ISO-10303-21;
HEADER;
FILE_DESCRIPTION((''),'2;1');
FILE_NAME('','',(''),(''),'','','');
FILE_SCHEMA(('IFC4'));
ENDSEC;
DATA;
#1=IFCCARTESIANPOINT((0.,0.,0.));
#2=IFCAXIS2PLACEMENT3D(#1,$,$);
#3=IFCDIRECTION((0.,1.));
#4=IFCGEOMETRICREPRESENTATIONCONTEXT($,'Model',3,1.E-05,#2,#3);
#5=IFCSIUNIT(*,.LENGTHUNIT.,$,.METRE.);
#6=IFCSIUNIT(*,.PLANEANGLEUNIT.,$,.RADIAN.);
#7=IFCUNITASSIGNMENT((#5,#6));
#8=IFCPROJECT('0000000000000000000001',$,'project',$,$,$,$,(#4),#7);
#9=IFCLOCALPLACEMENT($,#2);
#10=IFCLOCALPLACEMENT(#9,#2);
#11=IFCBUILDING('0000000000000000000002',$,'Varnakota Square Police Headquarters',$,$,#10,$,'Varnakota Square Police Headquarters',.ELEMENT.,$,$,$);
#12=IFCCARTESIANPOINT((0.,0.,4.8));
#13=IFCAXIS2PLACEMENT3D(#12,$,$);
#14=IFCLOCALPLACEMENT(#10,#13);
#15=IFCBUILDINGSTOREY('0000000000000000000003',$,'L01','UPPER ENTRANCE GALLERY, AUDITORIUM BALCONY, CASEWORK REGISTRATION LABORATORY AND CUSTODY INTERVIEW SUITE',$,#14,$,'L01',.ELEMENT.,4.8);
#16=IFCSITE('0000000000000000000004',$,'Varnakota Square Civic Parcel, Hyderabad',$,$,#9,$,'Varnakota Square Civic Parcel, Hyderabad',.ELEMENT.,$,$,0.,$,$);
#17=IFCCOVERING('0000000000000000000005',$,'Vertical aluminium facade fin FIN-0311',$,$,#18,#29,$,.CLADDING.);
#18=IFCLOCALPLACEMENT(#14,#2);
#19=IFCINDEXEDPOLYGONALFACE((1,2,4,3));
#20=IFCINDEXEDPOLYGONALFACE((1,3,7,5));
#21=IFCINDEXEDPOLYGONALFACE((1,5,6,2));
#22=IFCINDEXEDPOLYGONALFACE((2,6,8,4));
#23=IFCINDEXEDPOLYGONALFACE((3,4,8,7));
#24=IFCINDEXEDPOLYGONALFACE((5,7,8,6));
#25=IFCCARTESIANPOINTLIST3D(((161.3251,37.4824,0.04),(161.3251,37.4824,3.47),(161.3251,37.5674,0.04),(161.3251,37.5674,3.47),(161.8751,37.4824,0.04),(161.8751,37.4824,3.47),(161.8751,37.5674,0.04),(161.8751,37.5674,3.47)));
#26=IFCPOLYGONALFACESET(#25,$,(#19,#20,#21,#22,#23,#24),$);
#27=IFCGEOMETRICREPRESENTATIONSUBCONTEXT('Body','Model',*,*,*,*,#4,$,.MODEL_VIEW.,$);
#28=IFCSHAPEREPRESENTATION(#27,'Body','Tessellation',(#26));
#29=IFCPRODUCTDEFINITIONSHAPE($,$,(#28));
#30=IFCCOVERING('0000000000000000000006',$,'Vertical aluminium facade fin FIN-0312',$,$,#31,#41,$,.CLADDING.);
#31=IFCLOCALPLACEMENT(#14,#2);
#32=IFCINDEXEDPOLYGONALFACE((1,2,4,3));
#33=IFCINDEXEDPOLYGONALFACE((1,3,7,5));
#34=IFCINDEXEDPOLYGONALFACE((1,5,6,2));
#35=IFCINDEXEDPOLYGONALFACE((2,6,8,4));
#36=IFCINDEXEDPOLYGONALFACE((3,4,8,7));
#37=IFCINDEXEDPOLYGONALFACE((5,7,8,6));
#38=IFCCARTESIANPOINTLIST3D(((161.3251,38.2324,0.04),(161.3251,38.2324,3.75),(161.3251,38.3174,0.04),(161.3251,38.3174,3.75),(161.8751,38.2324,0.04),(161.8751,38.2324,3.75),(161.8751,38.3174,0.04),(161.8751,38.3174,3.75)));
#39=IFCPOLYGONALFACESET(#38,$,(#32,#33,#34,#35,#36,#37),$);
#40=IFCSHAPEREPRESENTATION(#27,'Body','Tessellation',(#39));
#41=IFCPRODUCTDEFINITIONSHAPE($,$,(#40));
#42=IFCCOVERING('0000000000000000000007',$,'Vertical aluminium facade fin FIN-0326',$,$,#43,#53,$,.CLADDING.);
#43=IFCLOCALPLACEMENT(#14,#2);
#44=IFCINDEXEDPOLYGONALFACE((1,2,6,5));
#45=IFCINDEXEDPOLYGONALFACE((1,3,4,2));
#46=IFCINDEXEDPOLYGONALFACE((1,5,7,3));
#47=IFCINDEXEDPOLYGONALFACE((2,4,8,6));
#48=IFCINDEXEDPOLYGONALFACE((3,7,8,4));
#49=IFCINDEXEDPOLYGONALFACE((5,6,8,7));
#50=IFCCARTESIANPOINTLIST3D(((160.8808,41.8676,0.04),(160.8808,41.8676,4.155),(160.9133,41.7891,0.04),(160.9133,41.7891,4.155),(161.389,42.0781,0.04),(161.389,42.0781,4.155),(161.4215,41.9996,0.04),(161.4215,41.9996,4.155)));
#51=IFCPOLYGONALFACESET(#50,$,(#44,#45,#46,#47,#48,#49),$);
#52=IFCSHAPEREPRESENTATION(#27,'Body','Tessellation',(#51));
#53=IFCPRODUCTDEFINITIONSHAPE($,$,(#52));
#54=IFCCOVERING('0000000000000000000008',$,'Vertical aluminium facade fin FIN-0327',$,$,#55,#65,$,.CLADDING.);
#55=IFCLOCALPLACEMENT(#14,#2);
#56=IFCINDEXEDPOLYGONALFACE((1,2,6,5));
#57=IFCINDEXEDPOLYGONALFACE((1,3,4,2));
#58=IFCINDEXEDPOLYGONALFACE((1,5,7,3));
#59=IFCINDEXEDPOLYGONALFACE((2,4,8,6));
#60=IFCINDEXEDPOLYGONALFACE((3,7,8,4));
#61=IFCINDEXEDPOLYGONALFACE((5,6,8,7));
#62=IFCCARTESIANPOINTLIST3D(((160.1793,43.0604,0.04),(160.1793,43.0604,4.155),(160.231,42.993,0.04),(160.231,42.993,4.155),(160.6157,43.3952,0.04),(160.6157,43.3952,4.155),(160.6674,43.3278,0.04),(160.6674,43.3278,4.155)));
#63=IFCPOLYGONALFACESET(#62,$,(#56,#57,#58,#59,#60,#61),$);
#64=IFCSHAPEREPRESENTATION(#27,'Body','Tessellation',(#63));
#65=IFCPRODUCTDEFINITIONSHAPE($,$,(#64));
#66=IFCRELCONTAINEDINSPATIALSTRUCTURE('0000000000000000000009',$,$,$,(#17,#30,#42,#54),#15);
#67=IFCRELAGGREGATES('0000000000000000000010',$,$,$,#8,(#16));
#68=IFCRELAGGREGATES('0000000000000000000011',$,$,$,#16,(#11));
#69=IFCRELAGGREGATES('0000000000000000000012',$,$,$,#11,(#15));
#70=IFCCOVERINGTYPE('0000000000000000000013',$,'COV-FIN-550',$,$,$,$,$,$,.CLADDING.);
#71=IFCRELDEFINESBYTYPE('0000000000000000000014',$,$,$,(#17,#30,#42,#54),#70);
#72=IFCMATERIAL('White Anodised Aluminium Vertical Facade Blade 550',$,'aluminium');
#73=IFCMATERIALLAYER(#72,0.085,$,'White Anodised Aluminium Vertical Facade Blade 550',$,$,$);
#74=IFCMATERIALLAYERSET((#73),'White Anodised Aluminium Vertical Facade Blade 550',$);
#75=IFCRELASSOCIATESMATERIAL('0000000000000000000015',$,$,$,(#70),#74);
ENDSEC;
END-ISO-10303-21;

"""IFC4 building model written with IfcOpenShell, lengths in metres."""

from ifc_helpers import new_model, si_unit, direction, frame, origin, origin_2d, place, context, subcontext, project, spatial, rectangle, extrude, material, layer, layer_set, type_object, element, save


model = new_model("IFC4")

# Units and contexts
model_context = context("Model", 3, precision=1e-05, world=origin(), true_north=direction((0.0, 1.0)))
body_context = subcontext(model_context, "Body", "Model", "MODEL_VIEW")
ifc_project = project(units=[si_unit("LENGTHUNIT", "METRE"), si_unit("PLANEANGLEUNIT", "RADIAN")], contexts=[model_context])

# Site, building, storey
site_placement = place(None, origin())
site = spatial("IfcSite", under=ifc_project, at=site_placement, Name="Varnakota Square Civic Parcel, Hyderabad", LongName="Varnakota Square Civic Parcel, Hyderabad", CompositionType="ELEMENT", RefElevation=0.0)
building_placement = place(site_placement, origin())
building = spatial("IfcBuilding", under=site, at=building_placement, Name="Varnakota Square Police Headquarters", LongName="Varnakota Square Police Headquarters", CompositionType="ELEMENT")
storey_placement = place(building_placement, frame((0.0, 0.0, 4.8)))
storey = spatial("IfcBuildingStorey", under=building, at=storey_placement, Name="L01", Description="UPPER ENTRANCE GALLERY, AUDITORIUM BALCONY, CASEWORK REGISTRATION LABORATORY AND CUSTODY INTERVIEW SUITE", LongName="L01", CompositionType="ELEMENT", Elevation=4.8)

# Coverings
ifc_material_1 = material(Name="White Anodised Aluminium Vertical Facade Blade 550", Category="aluminium")
ifc_layer_1 = layer(ifc_material_1, 0.085, Name="White Anodised Aluminium Vertical Facade Blade 550")
ifc_layer_set_1 = layer_set([ifc_layer_1], Name="White Anodised Aluminium Vertical Facade Blade 550")
covering_type_1 = type_object("IfcCoveringType", Name="COV-FIN-550", PredefinedType="CLADDING", material=ifc_layer_set_1)
covering_1_placement = place(storey_placement, frame((161.6001, 37.5249, 0.04), z_axis=(0.0, 0.0, 1.0), x_axis=(0.0, 1.0, 0.0)))
element("IfcCovering", 1, at=covering_1_placement, inside=storey, type_object=covering_type_1, Name="Vertical aluminium facade fin FIN-0311", PredefinedType="CLADDING", context=body_context, shape_type="SweptSolid", body=[
    extrude(rectangle(XDim=0.085, YDim=0.55, at=origin_2d()), origin(), (0.0, 0.0, 1.0), 3.4299),
])
covering_2_placement = place(storey_placement, frame((161.6001, 38.2749, 0.04), z_axis=(0.0, 0.0, 1.0), x_axis=(0.0, 1.0, 0.0)))
element("IfcCovering", 2, at=covering_2_placement, inside=storey, type_object=covering_type_1, Name="Vertical aluminium facade fin FIN-0312", PredefinedType="CLADDING", context=body_context, shape_type="SweptSolid", body=[
    extrude(rectangle(XDim=0.085, YDim=0.55, at=origin_2d()), origin(), (0.0, 0.0, 1.0), 3.71),
])
for number, where, z_axis, x_axis, name in (
    (3, (161.1511, 41.9336, 0.04), (0.0, 0.0, 1.0), (-0.382683, 0.92388, 0.0), "Vertical aluminium facade fin FIN-0326"),
    (4, (160.4233, 43.1941, 0.04), (0.0, 0.0, 1.0), (-0.608761, 0.793353, 0.0), "Vertical aluminium facade fin FIN-0327"),
):
    element("IfcCovering", number, at=place(storey_placement, frame(where, z_axis=z_axis, x_axis=x_axis)), inside=storey, type_object=covering_type_1, Name=name, PredefinedType="CLADDING", context=body_context, shape_type="SweptSolid", body=[
        extrude(rectangle(XDim=0.085, YDim=0.55, at=origin_2d()), origin(), (0.0, 0.0, 1.0), 4.115),
    ])

save(model, "model.ifc")
